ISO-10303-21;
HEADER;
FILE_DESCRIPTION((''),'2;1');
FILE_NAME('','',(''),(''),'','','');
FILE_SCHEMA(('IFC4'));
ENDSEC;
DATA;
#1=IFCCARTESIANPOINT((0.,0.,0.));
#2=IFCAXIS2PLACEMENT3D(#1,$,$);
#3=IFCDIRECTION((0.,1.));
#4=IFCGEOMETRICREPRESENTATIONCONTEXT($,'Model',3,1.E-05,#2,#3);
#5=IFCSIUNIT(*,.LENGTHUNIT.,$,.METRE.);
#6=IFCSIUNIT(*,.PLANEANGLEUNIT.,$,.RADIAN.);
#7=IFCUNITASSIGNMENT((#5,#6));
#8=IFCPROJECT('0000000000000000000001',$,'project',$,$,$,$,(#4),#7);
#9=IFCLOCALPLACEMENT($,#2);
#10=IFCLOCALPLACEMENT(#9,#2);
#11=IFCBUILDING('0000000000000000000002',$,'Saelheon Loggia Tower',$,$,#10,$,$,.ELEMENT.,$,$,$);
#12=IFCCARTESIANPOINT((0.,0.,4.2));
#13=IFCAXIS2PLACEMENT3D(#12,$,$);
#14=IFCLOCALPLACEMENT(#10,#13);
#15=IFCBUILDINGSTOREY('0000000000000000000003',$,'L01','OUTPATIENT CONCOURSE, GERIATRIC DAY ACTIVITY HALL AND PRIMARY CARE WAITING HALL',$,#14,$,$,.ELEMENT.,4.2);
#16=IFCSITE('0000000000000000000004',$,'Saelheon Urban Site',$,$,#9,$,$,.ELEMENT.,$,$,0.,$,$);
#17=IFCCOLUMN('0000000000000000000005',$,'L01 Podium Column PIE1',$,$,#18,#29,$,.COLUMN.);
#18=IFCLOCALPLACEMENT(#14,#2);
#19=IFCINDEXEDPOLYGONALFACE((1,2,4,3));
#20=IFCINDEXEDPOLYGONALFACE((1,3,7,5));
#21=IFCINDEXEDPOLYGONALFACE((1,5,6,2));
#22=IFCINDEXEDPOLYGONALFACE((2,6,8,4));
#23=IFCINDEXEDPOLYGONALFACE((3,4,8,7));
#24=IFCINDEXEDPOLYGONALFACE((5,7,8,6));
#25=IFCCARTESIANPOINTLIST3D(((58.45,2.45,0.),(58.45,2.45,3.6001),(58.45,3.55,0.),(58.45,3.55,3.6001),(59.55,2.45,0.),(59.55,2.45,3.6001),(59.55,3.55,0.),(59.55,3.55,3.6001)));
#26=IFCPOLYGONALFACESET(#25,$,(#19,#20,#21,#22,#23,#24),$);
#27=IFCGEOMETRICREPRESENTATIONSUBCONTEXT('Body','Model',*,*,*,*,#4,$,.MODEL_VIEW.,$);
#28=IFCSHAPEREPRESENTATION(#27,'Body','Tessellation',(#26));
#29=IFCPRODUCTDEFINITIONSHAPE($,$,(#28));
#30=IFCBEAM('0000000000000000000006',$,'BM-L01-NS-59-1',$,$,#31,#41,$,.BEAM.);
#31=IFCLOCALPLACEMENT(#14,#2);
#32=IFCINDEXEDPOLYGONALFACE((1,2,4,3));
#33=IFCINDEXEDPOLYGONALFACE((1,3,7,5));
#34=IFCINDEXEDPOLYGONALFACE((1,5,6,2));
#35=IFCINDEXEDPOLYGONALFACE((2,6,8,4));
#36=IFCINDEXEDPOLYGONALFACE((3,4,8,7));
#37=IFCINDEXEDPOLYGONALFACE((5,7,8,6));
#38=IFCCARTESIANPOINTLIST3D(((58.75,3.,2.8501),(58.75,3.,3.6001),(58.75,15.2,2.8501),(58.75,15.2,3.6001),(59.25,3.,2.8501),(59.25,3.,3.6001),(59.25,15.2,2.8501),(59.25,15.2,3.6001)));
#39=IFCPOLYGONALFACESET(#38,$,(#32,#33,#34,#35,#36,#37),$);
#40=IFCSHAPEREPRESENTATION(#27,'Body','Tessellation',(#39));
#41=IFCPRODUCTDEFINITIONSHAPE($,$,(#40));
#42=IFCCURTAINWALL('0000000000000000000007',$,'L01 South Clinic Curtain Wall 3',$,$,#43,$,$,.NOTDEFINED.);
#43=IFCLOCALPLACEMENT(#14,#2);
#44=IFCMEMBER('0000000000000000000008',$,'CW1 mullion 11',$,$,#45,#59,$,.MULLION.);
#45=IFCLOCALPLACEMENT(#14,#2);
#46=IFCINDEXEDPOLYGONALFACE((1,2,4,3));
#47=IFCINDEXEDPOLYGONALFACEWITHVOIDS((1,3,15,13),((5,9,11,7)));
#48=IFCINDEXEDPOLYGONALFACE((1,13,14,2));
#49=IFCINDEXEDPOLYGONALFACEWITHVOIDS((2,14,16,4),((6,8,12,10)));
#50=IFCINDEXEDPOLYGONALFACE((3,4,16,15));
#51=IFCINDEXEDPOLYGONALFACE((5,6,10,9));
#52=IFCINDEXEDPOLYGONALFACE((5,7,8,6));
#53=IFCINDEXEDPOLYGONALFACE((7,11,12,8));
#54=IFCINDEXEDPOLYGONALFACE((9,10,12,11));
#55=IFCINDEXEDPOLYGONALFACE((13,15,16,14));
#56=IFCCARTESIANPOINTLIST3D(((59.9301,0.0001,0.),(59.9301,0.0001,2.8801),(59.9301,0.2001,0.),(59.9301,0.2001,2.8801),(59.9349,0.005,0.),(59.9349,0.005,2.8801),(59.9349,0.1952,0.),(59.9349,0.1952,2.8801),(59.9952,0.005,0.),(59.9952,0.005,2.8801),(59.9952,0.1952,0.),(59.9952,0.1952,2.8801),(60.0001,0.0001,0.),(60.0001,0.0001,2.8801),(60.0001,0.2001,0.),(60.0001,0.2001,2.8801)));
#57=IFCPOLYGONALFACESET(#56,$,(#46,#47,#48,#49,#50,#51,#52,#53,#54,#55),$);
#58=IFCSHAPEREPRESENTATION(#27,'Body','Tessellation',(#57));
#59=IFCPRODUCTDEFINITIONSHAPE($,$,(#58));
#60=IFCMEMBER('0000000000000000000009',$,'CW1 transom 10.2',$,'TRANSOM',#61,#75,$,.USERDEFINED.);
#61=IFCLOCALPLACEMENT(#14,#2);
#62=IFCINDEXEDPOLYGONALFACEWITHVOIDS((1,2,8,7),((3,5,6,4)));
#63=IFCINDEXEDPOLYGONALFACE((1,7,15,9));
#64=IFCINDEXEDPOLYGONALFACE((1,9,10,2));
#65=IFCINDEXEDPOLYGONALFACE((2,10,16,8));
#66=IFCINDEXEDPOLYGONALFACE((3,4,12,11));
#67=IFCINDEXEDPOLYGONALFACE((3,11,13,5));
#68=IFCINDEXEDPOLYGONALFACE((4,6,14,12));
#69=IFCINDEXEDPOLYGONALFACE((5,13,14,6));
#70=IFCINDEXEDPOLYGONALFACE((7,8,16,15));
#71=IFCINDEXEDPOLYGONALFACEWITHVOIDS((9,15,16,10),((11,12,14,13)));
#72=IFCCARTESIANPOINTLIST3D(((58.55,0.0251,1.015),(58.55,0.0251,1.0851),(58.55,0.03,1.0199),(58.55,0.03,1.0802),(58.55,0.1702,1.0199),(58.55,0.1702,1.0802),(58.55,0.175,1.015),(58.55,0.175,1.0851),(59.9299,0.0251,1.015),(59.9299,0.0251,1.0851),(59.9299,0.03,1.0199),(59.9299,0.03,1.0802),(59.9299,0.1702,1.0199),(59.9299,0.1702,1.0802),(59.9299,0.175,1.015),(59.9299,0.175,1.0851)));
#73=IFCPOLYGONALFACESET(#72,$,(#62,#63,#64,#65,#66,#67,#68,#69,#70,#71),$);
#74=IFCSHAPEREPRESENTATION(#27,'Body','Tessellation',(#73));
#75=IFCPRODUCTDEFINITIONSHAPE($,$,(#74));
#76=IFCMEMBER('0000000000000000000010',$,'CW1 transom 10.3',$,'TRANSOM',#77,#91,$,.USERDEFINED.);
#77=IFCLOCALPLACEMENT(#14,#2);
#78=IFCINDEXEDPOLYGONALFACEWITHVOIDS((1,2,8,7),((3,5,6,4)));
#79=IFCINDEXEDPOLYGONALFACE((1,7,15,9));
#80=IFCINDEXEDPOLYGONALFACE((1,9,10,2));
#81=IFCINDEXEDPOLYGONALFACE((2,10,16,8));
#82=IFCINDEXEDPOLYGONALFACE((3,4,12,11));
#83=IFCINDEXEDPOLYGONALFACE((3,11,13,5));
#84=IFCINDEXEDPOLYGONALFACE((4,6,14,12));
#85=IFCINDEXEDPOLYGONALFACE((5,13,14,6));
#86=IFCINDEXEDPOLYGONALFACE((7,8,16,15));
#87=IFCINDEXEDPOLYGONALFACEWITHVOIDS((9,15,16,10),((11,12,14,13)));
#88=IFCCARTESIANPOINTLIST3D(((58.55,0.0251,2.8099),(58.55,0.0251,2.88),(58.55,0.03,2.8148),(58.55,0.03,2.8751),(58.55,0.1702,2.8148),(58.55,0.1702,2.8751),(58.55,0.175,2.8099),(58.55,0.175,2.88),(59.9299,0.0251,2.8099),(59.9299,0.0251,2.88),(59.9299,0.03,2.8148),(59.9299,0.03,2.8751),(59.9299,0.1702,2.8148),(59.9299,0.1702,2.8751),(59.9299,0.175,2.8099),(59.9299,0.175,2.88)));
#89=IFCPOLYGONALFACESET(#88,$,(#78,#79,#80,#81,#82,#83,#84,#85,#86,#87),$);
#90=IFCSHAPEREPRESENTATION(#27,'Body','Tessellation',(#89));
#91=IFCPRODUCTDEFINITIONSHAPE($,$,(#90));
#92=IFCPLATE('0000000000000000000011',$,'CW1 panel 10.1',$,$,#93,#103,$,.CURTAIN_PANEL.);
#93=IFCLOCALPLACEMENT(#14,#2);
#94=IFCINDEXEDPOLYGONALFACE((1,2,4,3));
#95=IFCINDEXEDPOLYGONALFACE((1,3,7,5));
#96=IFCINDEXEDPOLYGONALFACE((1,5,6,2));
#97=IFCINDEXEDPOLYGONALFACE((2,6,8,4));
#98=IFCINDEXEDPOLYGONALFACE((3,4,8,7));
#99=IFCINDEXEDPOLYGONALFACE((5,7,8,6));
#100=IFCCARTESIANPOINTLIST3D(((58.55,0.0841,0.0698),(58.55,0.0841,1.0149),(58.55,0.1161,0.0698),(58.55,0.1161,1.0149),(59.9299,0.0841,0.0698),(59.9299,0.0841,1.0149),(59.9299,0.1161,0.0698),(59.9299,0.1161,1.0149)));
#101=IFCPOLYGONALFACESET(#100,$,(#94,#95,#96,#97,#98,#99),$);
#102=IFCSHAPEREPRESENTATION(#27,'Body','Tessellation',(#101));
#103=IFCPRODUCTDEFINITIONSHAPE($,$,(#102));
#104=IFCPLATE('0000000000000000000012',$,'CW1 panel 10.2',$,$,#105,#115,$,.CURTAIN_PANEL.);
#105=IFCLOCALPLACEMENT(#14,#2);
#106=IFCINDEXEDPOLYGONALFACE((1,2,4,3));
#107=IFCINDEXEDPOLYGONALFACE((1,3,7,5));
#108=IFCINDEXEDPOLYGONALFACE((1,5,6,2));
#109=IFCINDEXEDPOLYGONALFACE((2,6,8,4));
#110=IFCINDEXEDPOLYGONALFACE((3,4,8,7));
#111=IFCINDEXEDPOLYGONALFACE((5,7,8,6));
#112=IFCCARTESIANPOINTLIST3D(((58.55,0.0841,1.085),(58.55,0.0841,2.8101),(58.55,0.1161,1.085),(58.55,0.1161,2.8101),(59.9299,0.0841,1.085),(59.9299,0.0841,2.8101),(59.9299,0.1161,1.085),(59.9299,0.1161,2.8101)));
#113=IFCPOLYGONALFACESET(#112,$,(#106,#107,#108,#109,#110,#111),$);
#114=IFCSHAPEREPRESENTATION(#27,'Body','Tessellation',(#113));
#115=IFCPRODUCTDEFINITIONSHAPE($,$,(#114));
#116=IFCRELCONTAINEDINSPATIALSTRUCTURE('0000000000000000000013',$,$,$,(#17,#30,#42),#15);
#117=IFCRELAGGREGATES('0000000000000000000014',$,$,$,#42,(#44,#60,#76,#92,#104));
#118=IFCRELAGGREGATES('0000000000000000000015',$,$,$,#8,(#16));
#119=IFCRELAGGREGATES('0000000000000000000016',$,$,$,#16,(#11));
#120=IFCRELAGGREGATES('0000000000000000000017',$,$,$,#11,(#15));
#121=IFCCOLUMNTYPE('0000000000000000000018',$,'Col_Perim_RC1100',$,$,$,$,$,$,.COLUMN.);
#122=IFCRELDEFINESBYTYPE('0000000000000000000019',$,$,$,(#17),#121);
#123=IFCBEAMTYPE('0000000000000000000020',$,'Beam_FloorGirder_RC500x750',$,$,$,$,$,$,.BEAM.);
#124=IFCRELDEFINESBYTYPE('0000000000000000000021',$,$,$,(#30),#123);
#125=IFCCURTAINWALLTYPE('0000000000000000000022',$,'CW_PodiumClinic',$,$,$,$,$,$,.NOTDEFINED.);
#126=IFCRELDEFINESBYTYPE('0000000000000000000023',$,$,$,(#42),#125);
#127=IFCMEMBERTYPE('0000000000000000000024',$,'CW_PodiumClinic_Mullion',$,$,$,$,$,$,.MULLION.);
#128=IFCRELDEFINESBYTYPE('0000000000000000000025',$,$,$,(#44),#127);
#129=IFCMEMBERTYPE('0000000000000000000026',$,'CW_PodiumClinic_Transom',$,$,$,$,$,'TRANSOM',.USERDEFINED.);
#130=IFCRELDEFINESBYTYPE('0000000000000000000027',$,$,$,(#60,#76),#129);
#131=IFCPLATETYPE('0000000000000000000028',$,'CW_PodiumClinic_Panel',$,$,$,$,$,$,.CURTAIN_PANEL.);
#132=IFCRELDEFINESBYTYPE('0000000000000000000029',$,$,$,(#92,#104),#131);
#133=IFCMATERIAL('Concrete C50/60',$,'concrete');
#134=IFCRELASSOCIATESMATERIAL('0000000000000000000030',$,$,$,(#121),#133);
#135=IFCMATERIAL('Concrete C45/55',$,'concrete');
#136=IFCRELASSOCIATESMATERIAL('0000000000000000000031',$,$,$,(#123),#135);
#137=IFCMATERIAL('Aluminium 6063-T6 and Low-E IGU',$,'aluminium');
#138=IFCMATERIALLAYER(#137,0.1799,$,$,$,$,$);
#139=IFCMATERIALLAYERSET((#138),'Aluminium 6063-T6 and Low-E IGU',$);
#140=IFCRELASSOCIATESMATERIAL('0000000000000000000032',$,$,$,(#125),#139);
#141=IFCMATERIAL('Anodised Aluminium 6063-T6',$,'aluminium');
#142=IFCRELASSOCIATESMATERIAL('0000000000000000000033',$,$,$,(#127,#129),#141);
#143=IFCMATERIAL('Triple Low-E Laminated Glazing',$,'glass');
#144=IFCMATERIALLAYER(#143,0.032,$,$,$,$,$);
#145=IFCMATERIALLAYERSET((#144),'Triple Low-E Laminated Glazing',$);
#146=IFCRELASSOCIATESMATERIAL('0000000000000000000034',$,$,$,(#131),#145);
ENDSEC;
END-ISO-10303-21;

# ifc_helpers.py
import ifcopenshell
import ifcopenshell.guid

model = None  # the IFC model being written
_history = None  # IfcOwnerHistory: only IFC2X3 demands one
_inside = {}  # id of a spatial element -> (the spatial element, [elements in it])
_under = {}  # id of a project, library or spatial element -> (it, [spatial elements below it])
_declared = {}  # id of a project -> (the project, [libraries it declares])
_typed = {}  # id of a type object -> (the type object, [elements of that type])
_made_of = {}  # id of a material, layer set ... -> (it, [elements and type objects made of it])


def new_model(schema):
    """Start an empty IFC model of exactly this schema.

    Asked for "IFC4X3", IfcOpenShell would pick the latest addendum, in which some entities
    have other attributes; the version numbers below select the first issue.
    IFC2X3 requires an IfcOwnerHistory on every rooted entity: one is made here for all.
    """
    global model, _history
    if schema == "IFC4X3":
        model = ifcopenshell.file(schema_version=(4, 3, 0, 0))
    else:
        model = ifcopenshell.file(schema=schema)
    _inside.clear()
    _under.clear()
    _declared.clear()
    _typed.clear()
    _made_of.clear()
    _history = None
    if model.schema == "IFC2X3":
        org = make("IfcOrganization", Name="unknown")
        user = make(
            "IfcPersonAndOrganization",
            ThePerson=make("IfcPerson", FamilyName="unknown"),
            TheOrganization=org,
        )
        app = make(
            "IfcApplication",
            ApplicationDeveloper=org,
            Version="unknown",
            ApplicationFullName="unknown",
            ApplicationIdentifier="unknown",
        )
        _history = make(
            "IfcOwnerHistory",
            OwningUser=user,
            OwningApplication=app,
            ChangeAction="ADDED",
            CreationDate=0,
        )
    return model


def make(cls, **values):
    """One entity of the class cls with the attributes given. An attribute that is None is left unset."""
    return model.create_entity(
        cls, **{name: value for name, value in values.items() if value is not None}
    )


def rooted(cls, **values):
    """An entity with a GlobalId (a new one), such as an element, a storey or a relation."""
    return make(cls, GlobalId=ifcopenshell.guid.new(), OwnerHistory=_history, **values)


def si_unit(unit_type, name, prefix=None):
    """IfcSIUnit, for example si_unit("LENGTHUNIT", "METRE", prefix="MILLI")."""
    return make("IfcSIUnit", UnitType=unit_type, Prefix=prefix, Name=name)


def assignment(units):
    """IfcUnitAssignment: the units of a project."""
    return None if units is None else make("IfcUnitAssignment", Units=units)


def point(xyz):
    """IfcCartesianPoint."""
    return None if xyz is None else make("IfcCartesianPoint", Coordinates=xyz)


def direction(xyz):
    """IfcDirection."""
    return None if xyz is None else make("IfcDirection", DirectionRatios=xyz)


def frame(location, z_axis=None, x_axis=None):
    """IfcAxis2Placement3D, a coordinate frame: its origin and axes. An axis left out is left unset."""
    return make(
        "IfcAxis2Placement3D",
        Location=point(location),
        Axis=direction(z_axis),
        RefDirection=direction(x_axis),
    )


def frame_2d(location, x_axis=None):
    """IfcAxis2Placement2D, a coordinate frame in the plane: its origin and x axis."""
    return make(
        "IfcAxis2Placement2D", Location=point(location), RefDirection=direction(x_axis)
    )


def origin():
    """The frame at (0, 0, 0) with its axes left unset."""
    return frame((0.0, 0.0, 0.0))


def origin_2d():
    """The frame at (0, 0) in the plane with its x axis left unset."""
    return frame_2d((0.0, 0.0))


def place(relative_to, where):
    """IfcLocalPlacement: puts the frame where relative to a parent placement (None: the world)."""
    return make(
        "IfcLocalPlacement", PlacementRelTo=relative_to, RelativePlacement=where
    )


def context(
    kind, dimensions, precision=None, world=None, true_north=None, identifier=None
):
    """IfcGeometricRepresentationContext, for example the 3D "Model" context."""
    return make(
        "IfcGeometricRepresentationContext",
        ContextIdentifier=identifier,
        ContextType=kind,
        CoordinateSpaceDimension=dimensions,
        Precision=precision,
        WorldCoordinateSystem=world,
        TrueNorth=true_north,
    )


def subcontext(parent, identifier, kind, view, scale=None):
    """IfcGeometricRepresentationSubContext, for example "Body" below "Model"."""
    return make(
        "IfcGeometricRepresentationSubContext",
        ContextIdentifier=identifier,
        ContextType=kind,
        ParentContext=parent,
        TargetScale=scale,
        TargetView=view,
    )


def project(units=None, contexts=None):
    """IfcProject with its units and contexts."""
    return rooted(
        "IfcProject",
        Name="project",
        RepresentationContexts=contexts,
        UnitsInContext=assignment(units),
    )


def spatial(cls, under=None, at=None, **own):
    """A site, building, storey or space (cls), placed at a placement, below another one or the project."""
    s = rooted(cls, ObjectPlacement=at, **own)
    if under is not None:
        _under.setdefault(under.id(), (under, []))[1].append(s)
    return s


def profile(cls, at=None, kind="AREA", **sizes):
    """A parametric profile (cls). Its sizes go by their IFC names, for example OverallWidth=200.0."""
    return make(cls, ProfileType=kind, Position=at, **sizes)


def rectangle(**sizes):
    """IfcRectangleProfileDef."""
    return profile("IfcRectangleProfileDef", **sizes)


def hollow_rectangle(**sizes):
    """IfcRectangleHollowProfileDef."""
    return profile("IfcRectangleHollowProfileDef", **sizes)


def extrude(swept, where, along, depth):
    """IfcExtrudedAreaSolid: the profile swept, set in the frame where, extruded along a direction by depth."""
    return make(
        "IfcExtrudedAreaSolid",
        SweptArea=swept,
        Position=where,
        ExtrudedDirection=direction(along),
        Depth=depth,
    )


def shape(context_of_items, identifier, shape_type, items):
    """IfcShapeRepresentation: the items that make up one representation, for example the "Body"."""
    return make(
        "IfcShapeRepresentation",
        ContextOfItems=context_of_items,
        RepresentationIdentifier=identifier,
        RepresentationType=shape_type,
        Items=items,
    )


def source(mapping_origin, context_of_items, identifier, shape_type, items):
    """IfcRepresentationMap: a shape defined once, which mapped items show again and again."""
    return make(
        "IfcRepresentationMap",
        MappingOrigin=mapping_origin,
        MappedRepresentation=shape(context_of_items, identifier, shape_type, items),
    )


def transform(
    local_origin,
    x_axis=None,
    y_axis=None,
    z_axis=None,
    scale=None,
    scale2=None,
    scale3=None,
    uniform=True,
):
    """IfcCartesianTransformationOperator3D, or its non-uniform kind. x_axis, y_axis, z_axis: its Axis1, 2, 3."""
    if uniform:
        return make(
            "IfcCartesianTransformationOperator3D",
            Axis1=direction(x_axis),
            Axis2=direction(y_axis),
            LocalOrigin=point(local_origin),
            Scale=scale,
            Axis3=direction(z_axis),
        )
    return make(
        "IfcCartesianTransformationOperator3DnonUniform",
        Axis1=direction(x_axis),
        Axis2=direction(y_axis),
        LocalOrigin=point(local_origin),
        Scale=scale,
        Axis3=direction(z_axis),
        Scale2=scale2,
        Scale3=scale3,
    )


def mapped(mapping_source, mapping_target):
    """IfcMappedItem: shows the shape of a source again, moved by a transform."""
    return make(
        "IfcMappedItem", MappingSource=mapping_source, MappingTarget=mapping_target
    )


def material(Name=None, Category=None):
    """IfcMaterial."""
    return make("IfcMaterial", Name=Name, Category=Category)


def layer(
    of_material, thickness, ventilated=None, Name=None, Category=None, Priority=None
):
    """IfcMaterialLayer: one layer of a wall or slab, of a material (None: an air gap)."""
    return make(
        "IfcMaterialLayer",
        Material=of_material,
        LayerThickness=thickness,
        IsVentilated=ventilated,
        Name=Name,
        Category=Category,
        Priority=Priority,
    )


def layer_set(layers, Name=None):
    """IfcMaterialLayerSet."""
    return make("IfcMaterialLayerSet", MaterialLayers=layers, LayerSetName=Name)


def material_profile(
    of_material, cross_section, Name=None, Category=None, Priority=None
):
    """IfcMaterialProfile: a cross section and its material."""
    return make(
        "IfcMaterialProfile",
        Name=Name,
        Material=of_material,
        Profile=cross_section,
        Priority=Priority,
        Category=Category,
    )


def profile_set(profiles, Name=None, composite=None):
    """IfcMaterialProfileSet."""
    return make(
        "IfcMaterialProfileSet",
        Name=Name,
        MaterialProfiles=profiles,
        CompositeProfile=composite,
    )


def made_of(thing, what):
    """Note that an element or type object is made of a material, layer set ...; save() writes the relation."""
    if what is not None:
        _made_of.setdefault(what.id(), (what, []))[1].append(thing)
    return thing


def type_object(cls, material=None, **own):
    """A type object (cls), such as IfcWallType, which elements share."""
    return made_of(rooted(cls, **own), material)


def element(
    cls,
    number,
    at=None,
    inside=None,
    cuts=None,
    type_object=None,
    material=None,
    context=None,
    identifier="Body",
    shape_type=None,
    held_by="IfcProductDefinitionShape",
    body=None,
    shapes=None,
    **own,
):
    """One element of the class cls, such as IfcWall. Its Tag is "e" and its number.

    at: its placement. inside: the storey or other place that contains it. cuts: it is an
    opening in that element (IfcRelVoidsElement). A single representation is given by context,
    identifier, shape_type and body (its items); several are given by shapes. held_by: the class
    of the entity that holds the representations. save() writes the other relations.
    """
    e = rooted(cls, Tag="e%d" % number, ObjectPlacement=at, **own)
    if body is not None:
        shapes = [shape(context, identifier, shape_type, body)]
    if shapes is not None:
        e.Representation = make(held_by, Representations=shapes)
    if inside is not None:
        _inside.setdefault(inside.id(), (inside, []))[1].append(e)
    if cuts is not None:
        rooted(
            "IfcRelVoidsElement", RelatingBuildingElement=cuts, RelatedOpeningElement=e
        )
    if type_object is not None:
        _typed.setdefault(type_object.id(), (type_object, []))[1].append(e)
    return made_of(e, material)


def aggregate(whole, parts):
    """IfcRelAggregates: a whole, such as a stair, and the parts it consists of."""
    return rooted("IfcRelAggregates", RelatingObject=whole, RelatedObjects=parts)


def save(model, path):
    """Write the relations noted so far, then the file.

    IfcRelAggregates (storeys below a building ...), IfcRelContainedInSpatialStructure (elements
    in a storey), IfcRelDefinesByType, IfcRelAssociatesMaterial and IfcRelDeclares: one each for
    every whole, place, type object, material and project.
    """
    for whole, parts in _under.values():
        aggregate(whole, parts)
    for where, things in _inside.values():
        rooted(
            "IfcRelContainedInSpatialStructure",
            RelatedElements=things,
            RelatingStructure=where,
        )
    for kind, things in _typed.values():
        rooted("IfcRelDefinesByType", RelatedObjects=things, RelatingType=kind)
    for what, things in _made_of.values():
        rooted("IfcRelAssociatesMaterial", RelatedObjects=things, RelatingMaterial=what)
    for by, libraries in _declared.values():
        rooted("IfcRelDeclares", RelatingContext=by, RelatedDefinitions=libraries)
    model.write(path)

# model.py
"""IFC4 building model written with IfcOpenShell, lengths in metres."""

from ifc_helpers import new_model, si_unit, direction, frame, origin, origin_2d, place, context, subcontext, project, spatial, rectangle, hollow_rectangle, extrude, source, transform, mapped, material, layer, layer_set, material_profile, profile_set, type_object, element, aggregate, save


model = new_model("IFC4")

# Units and contexts
model_context = context("Model", 3, precision=1e-05, world=origin(), true_north=direction((0.0, 1.0)))
body_context = subcontext(model_context, "Body", "Model", "MODEL_VIEW")
ifc_project = project(units=[si_unit("LENGTHUNIT", "METRE"), si_unit("PLANEANGLEUNIT", "RADIAN")], contexts=[model_context])

# Site, building, storey
site_placement = place(None, origin())
site = spatial("IfcSite", under=ifc_project, at=site_placement, Name="Saelheon Urban Site", CompositionType="ELEMENT", RefElevation=0.0)
building_placement = place(site_placement, origin())
building = spatial("IfcBuilding", under=site, at=building_placement, Name="Saelheon Loggia Tower", CompositionType="ELEMENT")
storey_placement = place(building_placement, frame((0.0, 0.0, 4.2)))
storey = spatial("IfcBuildingStorey", under=building, at=storey_placement, Name="L01", Description="OUTPATIENT CONCOURSE, GERIATRIC DAY ACTIVITY HALL AND PRIMARY CARE WAITING HALL", CompositionType="ELEMENT", Elevation=4.2)

# Column
ifc_material_1 = material(Name="Concrete C50/60", Category="concrete")
ifc_material_profile_1 = material_profile(ifc_material_1, rectangle(XDim=1.1001, YDim=1.1001, at=origin_2d()), Name="RC-1100x1100")
ifc_profile_set_1 = profile_set([ifc_material_profile_1], Name="Concrete C50/60")
column_type = type_object("IfcColumnType", Name="Col_Perim_RC1100", PredefinedType="COLUMN", material=ifc_profile_set_1)
shared_shape_1 = source(origin(), body_context, "Body", "SweptSolid", [
    extrude(rectangle(XDim=1.1001, YDim=1.1001, at=origin_2d()), origin(), (0.0, 0.0, 1.0), 3.6001),
])
column_placement = place(storey_placement, frame((59.0, 3.0, 0.0), z_axis=(0.0, 0.0, 1.0), x_axis=(1.0, 0.0, 0.0)))
element("IfcColumn", 1, at=column_placement, inside=storey, type_object=column_type, Name="L01 Podium Column PIE1", PredefinedType="COLUMN", context=body_context, shape_type="MappedRepresentation", body=[
    mapped(shared_shape_1, transform((0.0, 0.0, 0.0), scale=1.0)),
])

# Beam
ifc_material_2 = material(Name="Concrete C45/55", Category="concrete")
ifc_material_profile_2 = material_profile(ifc_material_2, rectangle(XDim=0.5, YDim=0.75, at=origin_2d()), Name="RC-500x750")
ifc_profile_set_2 = profile_set([ifc_material_profile_2], Name="Concrete C45/55")
beam_type = type_object("IfcBeamType", Name="Beam_FloorGirder_RC500x750", PredefinedType="BEAM", material=ifc_profile_set_2)
shared_shape_2 = source(origin(), body_context, "Body", "SweptSolid", [
    extrude(rectangle(XDim=0.5, YDim=0.75, at=origin_2d()), origin(), (0.0, 0.0, 1.0), 12.2),
])
beam_placement = place(storey_placement, frame((59.0, 3.0, 3.2251), z_axis=(0.0, 1.0, 0.0), x_axis=(-1.0, 0.0, 0.0)))
element("IfcBeam", 2, at=beam_placement, inside=storey, type_object=beam_type, Name="BM-L01-NS-59-1", PredefinedType="BEAM", context=body_context, shape_type="MappedRepresentation", body=[
    mapped(shared_shape_2, transform((0.0, 0.0, 0.0), scale=1.0)),
])

# Curtain wall, members, plates
ifc_material_3 = material(Name="Aluminium 6063-T6 and Low-E IGU", Category="aluminium")
ifc_layer_1 = layer(ifc_material_3, 0.1799)
ifc_layer_set_1 = layer_set([ifc_layer_1], Name="Aluminium 6063-T6 and Low-E IGU")
curtain_wall_type = type_object("IfcCurtainWallType", Name="CW_PodiumClinic", PredefinedType="NOTDEFINED", material=ifc_layer_set_1)
curtain_wall_placement = place(storey_placement, origin())
curtain_wall = element("IfcCurtainWall", 3, at=curtain_wall_placement, inside=storey, type_object=curtain_wall_type, Name="L01 South Clinic Curtain Wall 3", PredefinedType="NOTDEFINED")
ifc_material_4 = material(Name="Anodised Aluminium 6063-T6", Category="aluminium")
ifc_material_profile_3 = material_profile(ifc_material_4, hollow_rectangle(XDim=0.0701, YDim=0.2, WallThickness=0.0049, at=origin_2d()), Name="RHS-200x70x5")
ifc_profile_set_3 = profile_set([ifc_material_profile_3], Name="Anodised Aluminium 6063-T6")
member_type_1 = type_object("IfcMemberType", Name="CW_PodiumClinic_Mullion", PredefinedType="MULLION", material=ifc_profile_set_3)
shared_shape_3 = source(origin(), body_context, "Body", "SweptSolid", [
    extrude(hollow_rectangle(XDim=0.0701, YDim=0.2, WallThickness=0.0049, at=origin_2d()), origin(), (0.0, 0.0, 1.0), 2.8801),
])
member_1_placement = place(storey_placement, frame((59.9651, 0.1001, 0.0), z_axis=(0.0, 0.0, 1.0), x_axis=(1.0, 0.0, 0.0)))
member_1 = element("IfcMember", 4, at=member_1_placement, type_object=member_type_1, Name="CW1 mullion 11", PredefinedType="MULLION", context=body_context, shape_type="MappedRepresentation", body=[
    mapped(shared_shape_3, transform((0.0, 0.0, 0.0), scale=1.0)),
])
ifc_material_profile_4 = material_profile(ifc_material_4, hollow_rectangle(XDim=0.0701, YDim=0.1499, WallThickness=0.0049, at=origin_2d()), Name="RHS-150x70x5")
ifc_profile_set_4 = profile_set([ifc_material_profile_4], Name="Anodised Aluminium 6063-T6")
member_type_2 = type_object("IfcMemberType", Name="CW_PodiumClinic_Transom", ElementType="TRANSOM", PredefinedType="USERDEFINED", material=ifc_profile_set_4)
shared_shape_4 = source(origin(), body_context, "Body", "SweptSolid", [
    extrude(hollow_rectangle(XDim=0.0701, YDim=0.1499, WallThickness=0.0049, at=origin_2d()), origin(), (0.0, 0.0, 1.0), 1.3799),
])
member_2_placement = place(storey_placement, frame((58.55, 0.1001, 1.05), z_axis=(1.0, 0.0, 0.0), x_axis=(0.0, 0.0, 1.0)))
member_2 = element("IfcMember", 5, at=member_2_placement, type_object=member_type_2, Name="CW1 transom 10.2", ObjectType="TRANSOM", PredefinedType="USERDEFINED", context=body_context, shape_type="MappedRepresentation", body=[
    mapped(shared_shape_4, transform((0.0, 0.0, 0.0), scale=1.0)),
])
member_3_placement = place(storey_placement, frame((58.55, 0.1001, 2.845), z_axis=(1.0, 0.0, 0.0), x_axis=(0.0, 0.0, 1.0)))
member_3 = element("IfcMember", 6, at=member_3_placement, type_object=member_type_2, Name="CW1 transom 10.3", ObjectType="TRANSOM", PredefinedType="USERDEFINED", context=body_context, shape_type="MappedRepresentation", body=[
    mapped(shared_shape_4, transform((0.0, 0.0, 0.0), scale=1.0)),
])
ifc_material_5 = material(Name="Triple Low-E Laminated Glazing", Category="glass")
ifc_layer_2 = layer(ifc_material_5, 0.032)
ifc_layer_set_2 = layer_set([ifc_layer_2], Name="Triple Low-E Laminated Glazing")
plate_type = type_object("IfcPlateType", Name="CW_PodiumClinic_Panel", PredefinedType="CURTAIN_PANEL", material=ifc_layer_set_2)
shared_shape_5 = source(origin(), body_context, "Body", "SweptSolid", [
    extrude(rectangle(XDim=1.3799, YDim=0.032, at=origin_2d()), origin(), (0.0, 0.0, 1.0), 0.9451),
])
plate_1_placement = place(storey_placement, frame((59.24, 0.1001, 0.0698), z_axis=(0.0, 0.0, 1.0), x_axis=(1.0, 0.0, 0.0)))
plate_1 = element("IfcPlate", 7, at=plate_1_placement, type_object=plate_type, Name="CW1 panel 10.1", PredefinedType="CURTAIN_PANEL", context=body_context, shape_type="MappedRepresentation", body=[
    mapped(shared_shape_5, transform((0.0, 0.0, 0.0), scale=1.0)),
])
shared_shape_6 = source(origin(), body_context, "Body", "SweptSolid", [
    extrude(rectangle(XDim=1.3799, YDim=0.032, at=origin_2d()), origin(), (0.0, 0.0, 1.0), 1.7251),
])
plate_2_placement = place(storey_placement, frame((59.24, 0.1001, 1.085), z_axis=(0.0, 0.0, 1.0), x_axis=(1.0, 0.0, 0.0)))
plate_2 = element("IfcPlate", 8, at=plate_2_placement, type_object=plate_type, Name="CW1 panel 10.2", PredefinedType="CURTAIN_PANEL", context=body_context, shape_type="MappedRepresentation", body=[
    mapped(shared_shape_6, transform((0.0, 0.0, 0.0), scale=1.0)),
])
aggregate(curtain_wall, [member_1, member_2, member_3, plate_1, plate_2])

save(model, "model.ifc")
